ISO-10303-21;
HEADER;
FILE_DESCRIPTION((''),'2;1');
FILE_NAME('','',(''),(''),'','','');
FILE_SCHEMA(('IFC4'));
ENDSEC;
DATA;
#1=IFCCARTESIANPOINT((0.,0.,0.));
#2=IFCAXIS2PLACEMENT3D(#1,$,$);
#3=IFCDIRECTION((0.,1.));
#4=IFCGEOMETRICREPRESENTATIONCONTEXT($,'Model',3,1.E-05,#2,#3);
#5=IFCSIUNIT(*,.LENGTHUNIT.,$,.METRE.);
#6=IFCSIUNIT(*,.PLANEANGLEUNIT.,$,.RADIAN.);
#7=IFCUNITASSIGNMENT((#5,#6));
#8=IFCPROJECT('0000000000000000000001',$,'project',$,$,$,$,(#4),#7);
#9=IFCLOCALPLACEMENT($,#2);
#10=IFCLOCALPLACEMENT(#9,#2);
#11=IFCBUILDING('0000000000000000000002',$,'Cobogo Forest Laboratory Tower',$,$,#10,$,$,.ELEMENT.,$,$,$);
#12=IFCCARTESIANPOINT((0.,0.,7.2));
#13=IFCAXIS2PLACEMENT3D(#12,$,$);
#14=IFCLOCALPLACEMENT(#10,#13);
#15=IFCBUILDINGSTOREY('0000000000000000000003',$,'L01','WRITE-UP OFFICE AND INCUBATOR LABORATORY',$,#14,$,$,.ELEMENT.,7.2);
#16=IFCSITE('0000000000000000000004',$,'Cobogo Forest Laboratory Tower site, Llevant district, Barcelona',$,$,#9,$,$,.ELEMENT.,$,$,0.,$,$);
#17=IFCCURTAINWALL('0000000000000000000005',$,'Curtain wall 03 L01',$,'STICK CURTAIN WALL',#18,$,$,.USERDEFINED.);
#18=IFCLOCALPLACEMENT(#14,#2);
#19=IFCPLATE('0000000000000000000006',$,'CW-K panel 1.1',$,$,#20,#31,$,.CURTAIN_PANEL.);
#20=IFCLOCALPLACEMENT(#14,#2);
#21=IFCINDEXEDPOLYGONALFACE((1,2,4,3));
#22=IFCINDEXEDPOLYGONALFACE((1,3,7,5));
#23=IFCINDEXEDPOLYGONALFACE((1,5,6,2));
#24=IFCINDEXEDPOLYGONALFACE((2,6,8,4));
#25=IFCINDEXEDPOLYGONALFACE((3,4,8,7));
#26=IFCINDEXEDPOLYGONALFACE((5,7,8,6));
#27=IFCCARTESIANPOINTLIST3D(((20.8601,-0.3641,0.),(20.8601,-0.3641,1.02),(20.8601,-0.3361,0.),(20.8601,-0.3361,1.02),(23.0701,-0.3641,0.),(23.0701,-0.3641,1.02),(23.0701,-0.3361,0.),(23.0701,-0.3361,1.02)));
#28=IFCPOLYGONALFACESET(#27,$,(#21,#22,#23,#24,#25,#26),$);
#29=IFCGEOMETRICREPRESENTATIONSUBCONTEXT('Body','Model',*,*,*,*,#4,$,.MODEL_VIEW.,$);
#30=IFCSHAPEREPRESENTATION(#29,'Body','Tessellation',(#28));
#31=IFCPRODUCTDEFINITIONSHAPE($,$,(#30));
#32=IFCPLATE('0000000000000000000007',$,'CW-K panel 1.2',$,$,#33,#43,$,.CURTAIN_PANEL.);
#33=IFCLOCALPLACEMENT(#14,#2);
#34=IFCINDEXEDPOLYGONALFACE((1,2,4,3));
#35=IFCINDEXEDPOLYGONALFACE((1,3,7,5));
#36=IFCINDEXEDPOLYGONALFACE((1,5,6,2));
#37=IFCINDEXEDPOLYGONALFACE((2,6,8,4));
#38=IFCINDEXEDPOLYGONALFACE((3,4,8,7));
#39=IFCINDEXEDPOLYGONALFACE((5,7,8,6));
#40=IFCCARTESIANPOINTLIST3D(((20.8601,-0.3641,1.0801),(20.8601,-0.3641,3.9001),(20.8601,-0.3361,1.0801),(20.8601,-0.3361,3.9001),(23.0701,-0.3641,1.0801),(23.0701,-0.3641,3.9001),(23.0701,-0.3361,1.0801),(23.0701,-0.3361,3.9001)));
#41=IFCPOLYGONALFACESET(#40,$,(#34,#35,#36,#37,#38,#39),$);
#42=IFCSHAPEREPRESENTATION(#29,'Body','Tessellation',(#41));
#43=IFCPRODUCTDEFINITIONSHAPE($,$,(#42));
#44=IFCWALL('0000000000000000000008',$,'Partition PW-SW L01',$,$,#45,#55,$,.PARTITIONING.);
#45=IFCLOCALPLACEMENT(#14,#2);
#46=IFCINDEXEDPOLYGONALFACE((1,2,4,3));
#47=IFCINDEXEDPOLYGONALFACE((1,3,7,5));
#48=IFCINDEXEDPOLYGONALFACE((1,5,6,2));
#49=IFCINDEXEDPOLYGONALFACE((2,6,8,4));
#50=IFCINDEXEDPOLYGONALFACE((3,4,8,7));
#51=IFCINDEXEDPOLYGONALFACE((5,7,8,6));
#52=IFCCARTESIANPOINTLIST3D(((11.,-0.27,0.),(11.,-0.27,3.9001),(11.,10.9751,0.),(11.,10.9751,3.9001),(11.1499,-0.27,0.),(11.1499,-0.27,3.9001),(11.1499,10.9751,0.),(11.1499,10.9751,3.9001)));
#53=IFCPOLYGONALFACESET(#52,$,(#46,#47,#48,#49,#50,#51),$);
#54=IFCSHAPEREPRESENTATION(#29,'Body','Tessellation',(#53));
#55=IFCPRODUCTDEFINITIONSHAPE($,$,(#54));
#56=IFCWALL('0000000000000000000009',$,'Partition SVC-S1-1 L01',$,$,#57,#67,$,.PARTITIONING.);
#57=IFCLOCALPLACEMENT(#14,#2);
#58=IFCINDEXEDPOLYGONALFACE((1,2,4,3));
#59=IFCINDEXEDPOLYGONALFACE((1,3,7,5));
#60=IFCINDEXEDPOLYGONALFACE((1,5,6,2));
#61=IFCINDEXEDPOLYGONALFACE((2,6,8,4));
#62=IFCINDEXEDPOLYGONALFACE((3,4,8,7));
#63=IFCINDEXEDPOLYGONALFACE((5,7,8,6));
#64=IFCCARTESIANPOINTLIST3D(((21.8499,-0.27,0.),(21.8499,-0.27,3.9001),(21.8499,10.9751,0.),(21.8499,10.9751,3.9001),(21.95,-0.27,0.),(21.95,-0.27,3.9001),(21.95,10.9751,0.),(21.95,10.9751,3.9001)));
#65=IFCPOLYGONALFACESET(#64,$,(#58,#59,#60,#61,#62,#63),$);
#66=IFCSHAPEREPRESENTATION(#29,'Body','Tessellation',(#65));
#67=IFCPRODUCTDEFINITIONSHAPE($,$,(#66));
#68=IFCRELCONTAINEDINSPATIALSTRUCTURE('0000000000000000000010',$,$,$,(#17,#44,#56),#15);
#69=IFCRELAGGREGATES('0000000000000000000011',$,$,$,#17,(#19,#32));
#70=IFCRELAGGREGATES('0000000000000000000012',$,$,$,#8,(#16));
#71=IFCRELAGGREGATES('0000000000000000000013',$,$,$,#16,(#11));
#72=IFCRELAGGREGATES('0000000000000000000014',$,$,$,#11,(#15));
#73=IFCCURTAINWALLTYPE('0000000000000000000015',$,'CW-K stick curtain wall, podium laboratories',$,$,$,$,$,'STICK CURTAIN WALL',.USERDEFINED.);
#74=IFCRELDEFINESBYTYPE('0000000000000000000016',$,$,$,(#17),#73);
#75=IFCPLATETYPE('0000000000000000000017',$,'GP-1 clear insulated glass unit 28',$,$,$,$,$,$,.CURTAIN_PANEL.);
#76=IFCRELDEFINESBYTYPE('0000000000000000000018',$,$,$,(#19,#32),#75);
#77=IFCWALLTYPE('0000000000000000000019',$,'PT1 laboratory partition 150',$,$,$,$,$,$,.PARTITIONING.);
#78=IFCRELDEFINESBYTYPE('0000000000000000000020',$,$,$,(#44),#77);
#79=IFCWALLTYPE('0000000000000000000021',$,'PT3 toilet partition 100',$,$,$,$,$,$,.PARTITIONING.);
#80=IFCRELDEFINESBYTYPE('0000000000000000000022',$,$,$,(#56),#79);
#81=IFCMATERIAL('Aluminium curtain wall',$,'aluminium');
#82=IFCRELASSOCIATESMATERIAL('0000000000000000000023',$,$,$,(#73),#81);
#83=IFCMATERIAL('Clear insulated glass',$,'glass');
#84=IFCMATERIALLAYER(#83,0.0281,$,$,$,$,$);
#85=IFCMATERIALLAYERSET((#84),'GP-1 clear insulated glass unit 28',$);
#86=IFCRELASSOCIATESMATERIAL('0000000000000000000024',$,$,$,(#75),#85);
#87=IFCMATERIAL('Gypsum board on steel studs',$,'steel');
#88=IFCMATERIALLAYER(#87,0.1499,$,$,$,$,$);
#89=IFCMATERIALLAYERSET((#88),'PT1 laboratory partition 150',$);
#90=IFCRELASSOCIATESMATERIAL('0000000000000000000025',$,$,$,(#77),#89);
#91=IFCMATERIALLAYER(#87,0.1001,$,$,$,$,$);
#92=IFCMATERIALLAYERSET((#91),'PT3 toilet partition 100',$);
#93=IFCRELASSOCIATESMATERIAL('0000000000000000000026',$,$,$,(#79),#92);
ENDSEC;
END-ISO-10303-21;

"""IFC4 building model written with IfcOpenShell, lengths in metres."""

from ifc_helpers import new_model, si_unit, direction, frame, frame_2d, origin, origin_2d, place, context, subcontext, project, spatial, rectangle, extrude, material, layer, layer_set, type_object, element, aggregate, save


model = new_model("IFC4")

# Units and contexts
model_context = context("Model", 3, precision=1e-05, world=origin(), true_north=direction((0.0, 1.0)))
body_context = subcontext(model_context, "Body", "Model", "MODEL_VIEW")
ifc_project = project(units=[si_unit("LENGTHUNIT", "METRE"), si_unit("PLANEANGLEUNIT", "RADIAN")], contexts=[model_context])

# Site, building, storey
site_placement = place(None, origin())
site = spatial("IfcSite", under=ifc_project, at=site_placement, Name="Cobogo Forest Laboratory Tower site, Llevant district, Barcelona", CompositionType="ELEMENT", RefElevation=0.0)
building_placement = place(site_placement, origin())
building = spatial("IfcBuilding", under=site, at=building_placement, Name="Cobogo Forest Laboratory Tower", CompositionType="ELEMENT")
storey_placement = place(building_placement, frame((0.0, 0.0, 7.2)))
storey = spatial("IfcBuildingStorey", under=building, at=storey_placement, Name="L01", Description="WRITE-UP OFFICE AND INCUBATOR LABORATORY", CompositionType="ELEMENT", Elevation=7.2)

# Shared definitions
ifc_material_1 = material(Name="Aluminium curtain wall", Category="aluminium")
curtain_wall_type = type_object("IfcCurtainWallType", Name="CW-K stick curtain wall, podium laboratories", ElementType="STICK CURTAIN WALL", PredefinedType="USERDEFINED", material=ifc_material_1)

# Curtain wall
curtain_wall_1_placement = place(storey_placement, origin())
curtain_wall_1 = element("IfcCurtainWall", 1, at=curtain_wall_1_placement, inside=storey, type_object=curtain_wall_type, Name="Curtain wall 03 L01", ObjectType="STICK CURTAIN WALL", PredefinedType="USERDEFINED")

# Plates
ifc_material_2 = material(Name="Clear insulated glass", Category="glass")
ifc_layer_1 = layer(ifc_material_2, 0.0281)
ifc_layer_set_1 = layer_set([ifc_layer_1], Name="GP-1 clear insulated glass unit 28")
plate_type_1 = type_object("IfcPlateType", Name="GP-1 clear insulated glass unit 28", PredefinedType="CURTAIN_PANEL", material=ifc_layer_set_1)
plate_1_placement = place(storey_placement, frame((21.9651, -0.3501, 0.0), z_axis=(0.0, 0.0, 1.0), x_axis=(1.0, 0.0, 0.0)))
plate_1 = element("IfcPlate", 2, at=plate_1_placement, type_object=plate_type_1, Name="CW-K panel 1.1", PredefinedType="CURTAIN_PANEL", context=body_context, shape_type="SweptSolid", body=[
    extrude(rectangle(XDim=2.21, YDim=0.0281, at=origin_2d()), origin(), (0.0, 0.0, 1.0), 1.02),
])
plate_2_placement = place(storey_placement, frame((21.9651, -0.3501, 1.0801), z_axis=(0.0, 0.0, 1.0), x_axis=(1.0, 0.0, 0.0)))
plate_2 = element("IfcPlate", 3, at=plate_2_placement, type_object=plate_type_1, Name="CW-K panel 1.2", PredefinedType="CURTAIN_PANEL", context=body_context, shape_type="SweptSolid", body=[
    extrude(rectangle(XDim=2.21, YDim=0.0281, at=origin_2d()), origin(), (0.0, 0.0, 1.0), 2.8201),
])
aggregate(curtain_wall_1, [plate_1, plate_2])

# Walls
ifc_material_3 = material(Name="Gypsum board on steel studs", Category="steel")
ifc_layer_2 = layer(ifc_material_3, 0.1499)
ifc_layer_set_2 = layer_set([ifc_layer_2], Name="PT1 laboratory partition 150")
wall_type_1 = type_object("IfcWallType", Name="PT1 laboratory partition 150", PredefinedType="PARTITIONING", material=ifc_layer_set_2)
wall_1_placement = place(storey_placement, frame((11.075, -0.27, 0.0), z_axis=(0.0, 0.0, 1.0), x_axis=(0.0, 1.0, 0.0)))
element("IfcWall", 4, at=wall_1_placement, inside=storey, type_object=wall_type_1, Name="Partition PW-SW L01", PredefinedType="PARTITIONING", context=body_context, shape_type="SweptSolid", body=[
    extrude(rectangle(XDim=11.2451, YDim=0.1499, at=frame_2d((5.6226, 0.0))), origin(), (0.0, 0.0, 1.0), 3.9001),
])
ifc_layer_3 = layer(ifc_material_3, 0.1001)
ifc_layer_set_3 = layer_set([ifc_layer_3], Name="PT3 toilet partition 100")
wall_type_2 = type_object("IfcWallType", Name="PT3 toilet partition 100", PredefinedType="PARTITIONING", material=ifc_layer_set_3)
wall_2_placement = place(storey_placement, frame((21.8999, -0.27, 0.0), z_axis=(0.0, 0.0, 1.0), x_axis=(0.0, 1.0, 0.0)))
element("IfcWall", 5, at=wall_2_placement, inside=storey, type_object=wall_type_2, Name="Partition SVC-S1-1 L01", PredefinedType="PARTITIONING", context=body_context, shape_type="SweptSolid", body=[
    extrude(rectangle(XDim=11.2451, YDim=0.1001, at=frame_2d((5.6226, 0.0))), origin(), (0.0, 0.0, 1.0), 3.9001),
])

save(model, "model.ifc")
